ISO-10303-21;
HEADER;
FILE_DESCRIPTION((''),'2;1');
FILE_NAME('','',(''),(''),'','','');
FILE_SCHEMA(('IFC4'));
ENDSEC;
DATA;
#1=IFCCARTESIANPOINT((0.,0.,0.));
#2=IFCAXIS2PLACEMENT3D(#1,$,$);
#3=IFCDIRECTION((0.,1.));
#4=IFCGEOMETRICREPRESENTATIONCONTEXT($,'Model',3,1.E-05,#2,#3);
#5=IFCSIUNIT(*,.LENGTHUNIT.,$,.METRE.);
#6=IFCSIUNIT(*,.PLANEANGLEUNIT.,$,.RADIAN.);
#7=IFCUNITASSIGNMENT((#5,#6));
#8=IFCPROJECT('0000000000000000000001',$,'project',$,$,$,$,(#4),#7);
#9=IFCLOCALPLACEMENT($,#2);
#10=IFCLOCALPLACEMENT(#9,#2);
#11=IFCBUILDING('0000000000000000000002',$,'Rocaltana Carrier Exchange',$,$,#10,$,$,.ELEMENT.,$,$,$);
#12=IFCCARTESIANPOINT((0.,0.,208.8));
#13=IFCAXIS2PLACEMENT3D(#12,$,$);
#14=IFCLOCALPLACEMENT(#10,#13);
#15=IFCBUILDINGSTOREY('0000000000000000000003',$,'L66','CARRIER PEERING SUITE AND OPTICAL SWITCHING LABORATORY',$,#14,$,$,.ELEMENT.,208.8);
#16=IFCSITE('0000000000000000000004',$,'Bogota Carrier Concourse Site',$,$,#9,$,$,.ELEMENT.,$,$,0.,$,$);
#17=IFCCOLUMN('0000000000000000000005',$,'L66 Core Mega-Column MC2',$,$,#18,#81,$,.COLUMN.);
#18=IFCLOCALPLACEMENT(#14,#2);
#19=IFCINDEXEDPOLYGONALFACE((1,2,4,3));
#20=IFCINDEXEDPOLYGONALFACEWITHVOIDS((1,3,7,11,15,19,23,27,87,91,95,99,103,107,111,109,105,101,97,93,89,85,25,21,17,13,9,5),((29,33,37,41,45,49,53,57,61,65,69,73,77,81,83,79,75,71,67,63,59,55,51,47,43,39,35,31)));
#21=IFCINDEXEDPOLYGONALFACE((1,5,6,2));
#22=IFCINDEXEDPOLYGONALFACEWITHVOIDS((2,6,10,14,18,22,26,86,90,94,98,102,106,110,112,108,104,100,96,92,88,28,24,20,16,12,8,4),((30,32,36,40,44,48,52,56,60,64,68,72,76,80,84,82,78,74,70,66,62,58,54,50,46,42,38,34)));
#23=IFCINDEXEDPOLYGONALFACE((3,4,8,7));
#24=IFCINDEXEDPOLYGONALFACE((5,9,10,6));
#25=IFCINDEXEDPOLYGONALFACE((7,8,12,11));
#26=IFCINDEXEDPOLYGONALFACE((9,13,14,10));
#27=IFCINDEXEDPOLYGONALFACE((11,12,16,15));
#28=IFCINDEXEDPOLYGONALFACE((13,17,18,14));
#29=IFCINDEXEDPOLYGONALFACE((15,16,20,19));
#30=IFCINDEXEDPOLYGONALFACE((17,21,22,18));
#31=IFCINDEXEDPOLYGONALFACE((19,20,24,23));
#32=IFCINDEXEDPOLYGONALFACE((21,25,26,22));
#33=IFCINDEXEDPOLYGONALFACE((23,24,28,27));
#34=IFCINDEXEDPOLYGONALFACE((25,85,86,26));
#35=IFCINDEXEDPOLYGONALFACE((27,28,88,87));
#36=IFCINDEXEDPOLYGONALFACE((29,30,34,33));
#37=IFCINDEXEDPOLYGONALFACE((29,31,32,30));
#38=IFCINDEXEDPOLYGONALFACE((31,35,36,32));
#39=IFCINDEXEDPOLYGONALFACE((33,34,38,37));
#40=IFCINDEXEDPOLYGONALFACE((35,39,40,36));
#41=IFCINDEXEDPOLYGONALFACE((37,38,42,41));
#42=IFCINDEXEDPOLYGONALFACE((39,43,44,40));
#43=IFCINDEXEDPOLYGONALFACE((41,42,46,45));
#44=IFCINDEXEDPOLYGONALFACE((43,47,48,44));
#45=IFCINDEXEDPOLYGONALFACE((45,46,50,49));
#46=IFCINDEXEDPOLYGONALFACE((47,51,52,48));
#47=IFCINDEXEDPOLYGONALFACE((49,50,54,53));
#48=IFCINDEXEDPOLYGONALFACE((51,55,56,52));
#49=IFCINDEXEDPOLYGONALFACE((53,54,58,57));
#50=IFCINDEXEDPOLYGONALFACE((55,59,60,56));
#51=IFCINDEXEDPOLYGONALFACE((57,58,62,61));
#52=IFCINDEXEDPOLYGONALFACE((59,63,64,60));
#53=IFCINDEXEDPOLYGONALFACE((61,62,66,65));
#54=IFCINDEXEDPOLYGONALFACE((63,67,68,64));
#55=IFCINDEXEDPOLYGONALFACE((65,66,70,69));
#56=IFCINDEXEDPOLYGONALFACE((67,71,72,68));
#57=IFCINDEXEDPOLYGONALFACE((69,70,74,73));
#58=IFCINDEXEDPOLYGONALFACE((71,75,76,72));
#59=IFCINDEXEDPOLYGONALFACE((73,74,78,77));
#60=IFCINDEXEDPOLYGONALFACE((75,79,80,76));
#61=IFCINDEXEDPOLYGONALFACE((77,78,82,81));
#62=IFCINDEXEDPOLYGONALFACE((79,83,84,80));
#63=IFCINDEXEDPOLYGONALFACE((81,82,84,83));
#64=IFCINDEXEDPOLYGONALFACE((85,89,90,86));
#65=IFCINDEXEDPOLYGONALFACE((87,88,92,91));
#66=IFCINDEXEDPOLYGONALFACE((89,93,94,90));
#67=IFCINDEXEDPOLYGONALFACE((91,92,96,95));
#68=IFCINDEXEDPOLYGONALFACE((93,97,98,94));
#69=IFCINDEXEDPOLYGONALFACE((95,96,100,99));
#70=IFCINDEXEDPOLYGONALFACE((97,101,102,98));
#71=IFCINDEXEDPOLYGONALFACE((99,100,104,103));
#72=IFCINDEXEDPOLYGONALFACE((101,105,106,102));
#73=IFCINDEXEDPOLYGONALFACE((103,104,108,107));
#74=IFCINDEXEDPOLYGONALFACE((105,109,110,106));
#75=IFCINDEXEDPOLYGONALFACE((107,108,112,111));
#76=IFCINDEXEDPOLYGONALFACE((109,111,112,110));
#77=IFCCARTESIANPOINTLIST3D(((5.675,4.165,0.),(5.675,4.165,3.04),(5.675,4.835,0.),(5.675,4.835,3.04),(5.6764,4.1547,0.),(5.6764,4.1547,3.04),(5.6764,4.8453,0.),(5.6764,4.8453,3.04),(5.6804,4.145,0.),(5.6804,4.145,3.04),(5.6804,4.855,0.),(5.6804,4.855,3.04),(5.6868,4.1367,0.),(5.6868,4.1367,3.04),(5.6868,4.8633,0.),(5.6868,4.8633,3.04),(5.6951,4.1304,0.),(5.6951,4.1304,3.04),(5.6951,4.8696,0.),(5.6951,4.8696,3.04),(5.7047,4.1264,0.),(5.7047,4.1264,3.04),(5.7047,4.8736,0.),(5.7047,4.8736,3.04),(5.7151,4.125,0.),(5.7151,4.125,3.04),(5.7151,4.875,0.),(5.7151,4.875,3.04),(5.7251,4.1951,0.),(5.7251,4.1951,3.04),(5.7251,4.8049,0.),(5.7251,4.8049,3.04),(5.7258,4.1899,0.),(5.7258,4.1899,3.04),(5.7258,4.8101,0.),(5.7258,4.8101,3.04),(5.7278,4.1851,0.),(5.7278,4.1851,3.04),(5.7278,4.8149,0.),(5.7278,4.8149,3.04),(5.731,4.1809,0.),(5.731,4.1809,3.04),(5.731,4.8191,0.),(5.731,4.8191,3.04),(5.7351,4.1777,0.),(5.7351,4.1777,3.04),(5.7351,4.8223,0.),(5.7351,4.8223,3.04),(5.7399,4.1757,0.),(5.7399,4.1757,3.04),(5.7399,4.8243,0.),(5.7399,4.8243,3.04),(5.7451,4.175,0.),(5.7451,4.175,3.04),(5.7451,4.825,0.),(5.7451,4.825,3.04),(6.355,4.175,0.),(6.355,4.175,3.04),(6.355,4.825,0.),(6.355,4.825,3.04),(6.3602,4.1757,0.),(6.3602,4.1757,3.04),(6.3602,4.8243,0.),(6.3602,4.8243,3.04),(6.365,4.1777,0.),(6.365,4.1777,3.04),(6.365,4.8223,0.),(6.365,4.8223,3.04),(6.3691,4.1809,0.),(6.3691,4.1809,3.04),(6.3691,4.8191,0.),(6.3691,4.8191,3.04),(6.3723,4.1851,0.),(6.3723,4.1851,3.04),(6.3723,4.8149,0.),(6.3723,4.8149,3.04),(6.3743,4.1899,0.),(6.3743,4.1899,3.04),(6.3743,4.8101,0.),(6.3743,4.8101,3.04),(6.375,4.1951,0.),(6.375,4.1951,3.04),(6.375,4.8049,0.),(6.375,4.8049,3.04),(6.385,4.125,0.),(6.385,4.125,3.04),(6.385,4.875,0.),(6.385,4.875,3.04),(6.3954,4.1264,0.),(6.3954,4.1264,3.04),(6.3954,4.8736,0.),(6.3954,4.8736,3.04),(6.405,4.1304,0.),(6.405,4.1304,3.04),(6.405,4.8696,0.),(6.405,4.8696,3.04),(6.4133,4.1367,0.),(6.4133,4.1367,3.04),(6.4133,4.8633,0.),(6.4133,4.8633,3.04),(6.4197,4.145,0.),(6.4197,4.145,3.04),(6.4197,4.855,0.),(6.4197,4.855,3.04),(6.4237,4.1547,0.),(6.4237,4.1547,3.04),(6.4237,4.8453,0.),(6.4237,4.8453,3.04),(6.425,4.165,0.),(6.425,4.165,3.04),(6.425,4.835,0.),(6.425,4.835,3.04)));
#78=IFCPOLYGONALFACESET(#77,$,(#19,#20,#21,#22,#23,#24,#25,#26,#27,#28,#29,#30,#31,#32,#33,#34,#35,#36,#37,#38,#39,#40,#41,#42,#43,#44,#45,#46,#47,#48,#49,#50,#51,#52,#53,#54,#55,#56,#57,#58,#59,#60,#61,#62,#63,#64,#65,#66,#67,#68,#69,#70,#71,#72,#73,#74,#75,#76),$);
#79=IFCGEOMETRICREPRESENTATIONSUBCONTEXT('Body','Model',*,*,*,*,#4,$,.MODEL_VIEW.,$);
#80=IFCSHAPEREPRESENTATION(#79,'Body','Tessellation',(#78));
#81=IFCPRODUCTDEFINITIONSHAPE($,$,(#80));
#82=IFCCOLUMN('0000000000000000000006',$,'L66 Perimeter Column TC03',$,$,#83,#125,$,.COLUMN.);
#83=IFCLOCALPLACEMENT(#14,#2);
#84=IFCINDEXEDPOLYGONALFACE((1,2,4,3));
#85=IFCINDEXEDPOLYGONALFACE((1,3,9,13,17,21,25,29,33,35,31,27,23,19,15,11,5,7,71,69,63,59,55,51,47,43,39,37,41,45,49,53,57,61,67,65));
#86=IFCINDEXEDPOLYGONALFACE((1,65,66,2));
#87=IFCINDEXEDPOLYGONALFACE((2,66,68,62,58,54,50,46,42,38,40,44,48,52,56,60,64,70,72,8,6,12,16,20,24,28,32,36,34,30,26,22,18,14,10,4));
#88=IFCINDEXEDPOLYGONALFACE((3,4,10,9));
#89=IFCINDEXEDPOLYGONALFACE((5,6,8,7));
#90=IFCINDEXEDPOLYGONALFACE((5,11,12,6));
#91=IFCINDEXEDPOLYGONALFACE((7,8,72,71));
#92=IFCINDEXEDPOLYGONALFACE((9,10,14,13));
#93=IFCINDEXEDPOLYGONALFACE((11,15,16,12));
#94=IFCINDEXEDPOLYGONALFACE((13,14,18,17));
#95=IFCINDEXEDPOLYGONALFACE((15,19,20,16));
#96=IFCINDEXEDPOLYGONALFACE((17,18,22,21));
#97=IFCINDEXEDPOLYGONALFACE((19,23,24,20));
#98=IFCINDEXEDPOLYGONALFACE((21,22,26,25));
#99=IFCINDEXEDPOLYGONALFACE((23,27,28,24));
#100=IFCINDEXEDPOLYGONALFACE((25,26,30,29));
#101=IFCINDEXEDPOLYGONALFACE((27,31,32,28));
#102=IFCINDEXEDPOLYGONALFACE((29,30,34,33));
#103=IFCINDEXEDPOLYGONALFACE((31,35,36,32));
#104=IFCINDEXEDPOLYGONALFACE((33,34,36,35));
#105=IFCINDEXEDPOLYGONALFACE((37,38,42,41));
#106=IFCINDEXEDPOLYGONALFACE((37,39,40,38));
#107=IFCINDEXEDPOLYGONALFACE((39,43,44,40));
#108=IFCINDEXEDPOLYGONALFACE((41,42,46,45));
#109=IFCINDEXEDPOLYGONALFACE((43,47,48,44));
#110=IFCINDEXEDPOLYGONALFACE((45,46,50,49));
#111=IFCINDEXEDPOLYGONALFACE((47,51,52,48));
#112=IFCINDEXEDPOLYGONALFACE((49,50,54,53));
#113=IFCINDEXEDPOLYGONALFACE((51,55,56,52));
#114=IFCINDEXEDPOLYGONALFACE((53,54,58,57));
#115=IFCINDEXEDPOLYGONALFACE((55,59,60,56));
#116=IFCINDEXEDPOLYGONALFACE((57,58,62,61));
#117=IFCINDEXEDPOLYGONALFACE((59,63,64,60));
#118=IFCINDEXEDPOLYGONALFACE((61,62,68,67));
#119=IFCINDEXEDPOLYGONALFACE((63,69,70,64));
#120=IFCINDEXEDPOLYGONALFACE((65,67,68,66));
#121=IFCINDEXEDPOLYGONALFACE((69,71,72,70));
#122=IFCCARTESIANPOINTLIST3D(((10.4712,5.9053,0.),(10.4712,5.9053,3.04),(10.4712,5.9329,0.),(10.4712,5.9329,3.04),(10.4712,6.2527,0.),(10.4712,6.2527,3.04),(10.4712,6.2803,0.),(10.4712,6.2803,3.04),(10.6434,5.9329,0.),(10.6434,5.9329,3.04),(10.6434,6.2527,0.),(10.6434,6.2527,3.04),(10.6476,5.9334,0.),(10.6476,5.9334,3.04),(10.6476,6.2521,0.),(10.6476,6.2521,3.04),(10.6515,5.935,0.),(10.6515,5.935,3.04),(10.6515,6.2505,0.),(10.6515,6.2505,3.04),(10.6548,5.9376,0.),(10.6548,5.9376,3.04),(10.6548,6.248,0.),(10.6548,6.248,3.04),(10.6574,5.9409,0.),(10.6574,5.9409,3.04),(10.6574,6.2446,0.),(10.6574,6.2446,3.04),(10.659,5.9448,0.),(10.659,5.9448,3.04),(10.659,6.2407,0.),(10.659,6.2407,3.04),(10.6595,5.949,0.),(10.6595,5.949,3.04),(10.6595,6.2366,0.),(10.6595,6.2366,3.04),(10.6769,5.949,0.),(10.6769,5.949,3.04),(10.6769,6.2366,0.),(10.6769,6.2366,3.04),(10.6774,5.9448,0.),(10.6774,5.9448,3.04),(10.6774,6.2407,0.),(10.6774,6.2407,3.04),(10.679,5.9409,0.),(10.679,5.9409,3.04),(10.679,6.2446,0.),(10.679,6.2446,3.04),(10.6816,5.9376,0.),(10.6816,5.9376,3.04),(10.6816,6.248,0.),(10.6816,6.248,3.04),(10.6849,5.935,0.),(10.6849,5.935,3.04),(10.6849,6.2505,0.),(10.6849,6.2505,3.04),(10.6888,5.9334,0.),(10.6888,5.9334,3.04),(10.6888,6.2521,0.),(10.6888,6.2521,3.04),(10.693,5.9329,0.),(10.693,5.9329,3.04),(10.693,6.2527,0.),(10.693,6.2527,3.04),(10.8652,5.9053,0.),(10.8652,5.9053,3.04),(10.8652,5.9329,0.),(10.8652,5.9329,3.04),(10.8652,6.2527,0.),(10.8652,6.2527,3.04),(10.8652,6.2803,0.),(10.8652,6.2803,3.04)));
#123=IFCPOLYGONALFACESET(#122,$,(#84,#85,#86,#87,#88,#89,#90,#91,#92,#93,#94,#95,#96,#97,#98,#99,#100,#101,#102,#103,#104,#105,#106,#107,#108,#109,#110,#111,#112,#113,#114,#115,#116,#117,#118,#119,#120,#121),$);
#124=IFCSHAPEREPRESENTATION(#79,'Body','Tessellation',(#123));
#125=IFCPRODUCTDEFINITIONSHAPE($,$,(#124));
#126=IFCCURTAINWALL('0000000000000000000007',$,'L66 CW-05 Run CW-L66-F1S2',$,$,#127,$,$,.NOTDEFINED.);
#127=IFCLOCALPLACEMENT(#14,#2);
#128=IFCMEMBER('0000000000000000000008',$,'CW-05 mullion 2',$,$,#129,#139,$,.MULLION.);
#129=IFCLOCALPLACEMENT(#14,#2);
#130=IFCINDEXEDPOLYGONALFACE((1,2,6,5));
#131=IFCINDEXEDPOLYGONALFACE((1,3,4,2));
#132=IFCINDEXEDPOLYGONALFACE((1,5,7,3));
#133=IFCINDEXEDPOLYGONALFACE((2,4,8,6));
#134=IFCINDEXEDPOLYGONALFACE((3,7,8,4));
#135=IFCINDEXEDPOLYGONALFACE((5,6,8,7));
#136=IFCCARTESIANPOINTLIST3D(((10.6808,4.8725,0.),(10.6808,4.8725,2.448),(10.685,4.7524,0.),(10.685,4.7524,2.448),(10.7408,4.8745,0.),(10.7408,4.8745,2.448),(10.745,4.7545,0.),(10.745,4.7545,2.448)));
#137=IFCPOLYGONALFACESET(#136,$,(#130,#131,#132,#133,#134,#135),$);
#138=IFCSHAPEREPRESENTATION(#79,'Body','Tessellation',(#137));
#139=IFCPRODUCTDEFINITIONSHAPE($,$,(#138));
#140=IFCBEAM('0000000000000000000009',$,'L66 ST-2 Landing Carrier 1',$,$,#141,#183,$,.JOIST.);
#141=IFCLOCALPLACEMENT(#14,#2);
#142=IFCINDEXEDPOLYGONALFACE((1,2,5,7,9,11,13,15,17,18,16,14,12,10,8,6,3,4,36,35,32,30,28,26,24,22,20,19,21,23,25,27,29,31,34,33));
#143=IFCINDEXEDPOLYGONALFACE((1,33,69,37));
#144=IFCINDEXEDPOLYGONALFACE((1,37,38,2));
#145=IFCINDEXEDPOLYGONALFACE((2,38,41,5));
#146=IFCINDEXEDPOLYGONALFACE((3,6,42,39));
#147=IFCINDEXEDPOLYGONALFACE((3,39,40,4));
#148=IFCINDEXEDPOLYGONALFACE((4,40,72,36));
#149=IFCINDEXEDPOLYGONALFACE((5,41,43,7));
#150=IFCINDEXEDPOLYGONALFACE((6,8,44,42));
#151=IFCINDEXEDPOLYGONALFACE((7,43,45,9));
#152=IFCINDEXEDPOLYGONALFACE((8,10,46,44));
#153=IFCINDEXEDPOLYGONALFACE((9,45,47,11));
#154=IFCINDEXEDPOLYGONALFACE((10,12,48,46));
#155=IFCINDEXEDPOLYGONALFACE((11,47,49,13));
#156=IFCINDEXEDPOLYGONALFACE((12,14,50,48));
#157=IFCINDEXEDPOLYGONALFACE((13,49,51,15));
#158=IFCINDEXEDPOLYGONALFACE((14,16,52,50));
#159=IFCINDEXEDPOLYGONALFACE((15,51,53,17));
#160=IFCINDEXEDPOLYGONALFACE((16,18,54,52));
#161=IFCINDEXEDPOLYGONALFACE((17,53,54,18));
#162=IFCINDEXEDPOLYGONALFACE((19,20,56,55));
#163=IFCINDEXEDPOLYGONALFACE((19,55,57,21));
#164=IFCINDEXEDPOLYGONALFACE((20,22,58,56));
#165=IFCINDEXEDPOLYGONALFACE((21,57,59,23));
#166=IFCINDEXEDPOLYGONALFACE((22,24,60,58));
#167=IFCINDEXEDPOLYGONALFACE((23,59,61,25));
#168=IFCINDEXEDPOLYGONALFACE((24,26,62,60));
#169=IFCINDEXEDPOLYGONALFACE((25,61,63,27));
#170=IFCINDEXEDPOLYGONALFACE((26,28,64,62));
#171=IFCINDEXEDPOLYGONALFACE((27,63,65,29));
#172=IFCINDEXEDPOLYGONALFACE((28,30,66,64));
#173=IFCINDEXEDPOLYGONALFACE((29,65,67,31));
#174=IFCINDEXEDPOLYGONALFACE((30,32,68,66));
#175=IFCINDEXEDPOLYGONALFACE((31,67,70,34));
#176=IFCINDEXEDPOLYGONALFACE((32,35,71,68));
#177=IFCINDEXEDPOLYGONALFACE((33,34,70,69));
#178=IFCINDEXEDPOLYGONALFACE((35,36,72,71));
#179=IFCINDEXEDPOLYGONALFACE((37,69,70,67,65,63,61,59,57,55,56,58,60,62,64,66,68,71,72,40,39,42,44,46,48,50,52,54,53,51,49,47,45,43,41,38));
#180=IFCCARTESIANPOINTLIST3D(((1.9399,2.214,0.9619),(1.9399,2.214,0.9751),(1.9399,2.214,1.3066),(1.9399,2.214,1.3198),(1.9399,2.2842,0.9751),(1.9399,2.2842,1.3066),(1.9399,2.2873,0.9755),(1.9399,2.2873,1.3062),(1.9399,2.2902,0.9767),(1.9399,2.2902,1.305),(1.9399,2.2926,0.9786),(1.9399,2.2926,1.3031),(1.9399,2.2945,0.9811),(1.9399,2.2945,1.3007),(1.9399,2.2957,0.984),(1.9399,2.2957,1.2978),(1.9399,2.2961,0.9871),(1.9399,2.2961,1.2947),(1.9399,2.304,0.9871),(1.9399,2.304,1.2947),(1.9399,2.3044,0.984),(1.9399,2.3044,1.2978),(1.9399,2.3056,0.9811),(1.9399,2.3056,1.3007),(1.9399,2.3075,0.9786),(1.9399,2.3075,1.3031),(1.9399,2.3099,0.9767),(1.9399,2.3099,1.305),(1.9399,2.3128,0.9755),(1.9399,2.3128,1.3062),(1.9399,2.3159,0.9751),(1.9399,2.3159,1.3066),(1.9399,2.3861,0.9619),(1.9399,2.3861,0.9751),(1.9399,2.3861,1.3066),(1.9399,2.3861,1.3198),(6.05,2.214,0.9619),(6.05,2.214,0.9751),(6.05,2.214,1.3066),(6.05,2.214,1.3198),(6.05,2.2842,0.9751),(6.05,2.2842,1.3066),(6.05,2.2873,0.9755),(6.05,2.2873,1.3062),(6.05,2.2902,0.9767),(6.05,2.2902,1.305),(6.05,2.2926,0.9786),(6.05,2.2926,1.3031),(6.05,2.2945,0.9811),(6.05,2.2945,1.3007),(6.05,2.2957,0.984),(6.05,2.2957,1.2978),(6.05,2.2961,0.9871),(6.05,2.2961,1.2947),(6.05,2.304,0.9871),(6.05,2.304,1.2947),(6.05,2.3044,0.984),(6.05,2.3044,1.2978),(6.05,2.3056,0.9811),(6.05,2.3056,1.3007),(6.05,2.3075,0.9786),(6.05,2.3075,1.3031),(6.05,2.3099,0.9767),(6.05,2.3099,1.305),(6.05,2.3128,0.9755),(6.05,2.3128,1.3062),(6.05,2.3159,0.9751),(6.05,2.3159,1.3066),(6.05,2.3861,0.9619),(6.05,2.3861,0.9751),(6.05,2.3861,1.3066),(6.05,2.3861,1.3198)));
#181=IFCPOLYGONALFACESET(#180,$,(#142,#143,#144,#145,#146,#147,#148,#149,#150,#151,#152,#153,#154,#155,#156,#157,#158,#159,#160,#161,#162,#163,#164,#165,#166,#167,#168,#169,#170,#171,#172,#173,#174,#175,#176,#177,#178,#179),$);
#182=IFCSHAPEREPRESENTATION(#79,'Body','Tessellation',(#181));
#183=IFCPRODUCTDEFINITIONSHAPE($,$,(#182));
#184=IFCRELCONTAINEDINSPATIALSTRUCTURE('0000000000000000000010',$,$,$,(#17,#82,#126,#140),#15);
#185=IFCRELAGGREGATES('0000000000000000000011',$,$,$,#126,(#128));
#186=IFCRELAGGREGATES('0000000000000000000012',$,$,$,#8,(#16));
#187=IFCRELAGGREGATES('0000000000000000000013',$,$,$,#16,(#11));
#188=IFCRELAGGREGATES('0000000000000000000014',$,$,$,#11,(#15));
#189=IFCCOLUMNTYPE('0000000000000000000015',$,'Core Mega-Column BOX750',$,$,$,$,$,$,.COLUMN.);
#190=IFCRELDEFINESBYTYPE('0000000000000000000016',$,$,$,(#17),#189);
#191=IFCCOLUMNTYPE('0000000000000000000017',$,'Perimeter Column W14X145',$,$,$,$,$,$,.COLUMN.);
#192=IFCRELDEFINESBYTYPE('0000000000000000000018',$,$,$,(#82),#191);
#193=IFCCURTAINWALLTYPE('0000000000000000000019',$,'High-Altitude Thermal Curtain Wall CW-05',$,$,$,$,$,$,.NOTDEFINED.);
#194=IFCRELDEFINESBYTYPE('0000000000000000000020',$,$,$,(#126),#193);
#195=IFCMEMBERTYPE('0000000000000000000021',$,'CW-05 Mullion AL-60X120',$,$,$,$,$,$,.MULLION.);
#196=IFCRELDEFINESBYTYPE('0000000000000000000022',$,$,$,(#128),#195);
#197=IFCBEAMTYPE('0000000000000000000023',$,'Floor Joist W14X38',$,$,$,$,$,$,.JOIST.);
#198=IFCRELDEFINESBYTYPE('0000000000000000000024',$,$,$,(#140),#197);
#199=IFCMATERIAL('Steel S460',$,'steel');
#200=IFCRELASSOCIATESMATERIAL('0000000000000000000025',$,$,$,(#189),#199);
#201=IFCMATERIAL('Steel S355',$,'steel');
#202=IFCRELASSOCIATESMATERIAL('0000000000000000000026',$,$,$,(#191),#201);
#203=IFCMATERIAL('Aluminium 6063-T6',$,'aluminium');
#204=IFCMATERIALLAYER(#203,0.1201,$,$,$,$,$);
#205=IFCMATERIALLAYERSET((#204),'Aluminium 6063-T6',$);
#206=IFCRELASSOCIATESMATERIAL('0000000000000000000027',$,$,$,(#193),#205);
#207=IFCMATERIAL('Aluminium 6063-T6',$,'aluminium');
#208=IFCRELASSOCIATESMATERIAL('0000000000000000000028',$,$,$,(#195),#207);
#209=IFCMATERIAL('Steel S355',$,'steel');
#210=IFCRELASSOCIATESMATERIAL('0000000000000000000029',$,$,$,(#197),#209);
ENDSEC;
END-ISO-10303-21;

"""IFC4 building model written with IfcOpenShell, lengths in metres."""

from ifc_helpers import new_model, si_unit, direction, frame, origin, origin_2d, place, context, subcontext, project, spatial, rectangle, hollow_rectangle, i_section, extrude, material, layer, layer_set, material_profile, profile_set, type_object, element, aggregate, save


model = new_model("IFC4")

# Units and contexts
model_context = context("Model", 3, precision=1e-05, world=origin(), true_north=direction((0.0, 1.0)))
body_context = subcontext(model_context, "Body", "Model", "MODEL_VIEW")
ifc_project = project(units=[si_unit("LENGTHUNIT", "METRE"), si_unit("PLANEANGLEUNIT", "RADIAN")], contexts=[model_context])

# Site, building, storey
site_placement = place(None, origin())
site = spatial("IfcSite", under=ifc_project, at=site_placement, Name="Bogota Carrier Concourse Site", CompositionType="ELEMENT", RefElevation=0.0)
building_placement = place(site_placement, origin())
building = spatial("IfcBuilding", under=site, at=building_placement, Name="Rocaltana Carrier Exchange", CompositionType="ELEMENT")
storey_placement = place(building_placement, frame((0.0, 0.0, 208.8)))
storey = spatial("IfcBuildingStorey", under=building, at=storey_placement, Name="L66", Description="CARRIER PEERING SUITE AND OPTICAL SWITCHING LABORATORY", CompositionType="ELEMENT", Elevation=208.8)

# Columns
ifc_material_1 = material(Name="Steel S460", Category="steel")
ifc_material_profile_1 = material_profile(ifc_material_1, hollow_rectangle(XDim=0.75, YDim=0.75, WallThickness=0.05, InnerFilletRadius=0.02, OuterFilletRadius=0.04, at=origin_2d()), Name="BOX750X750X50")
ifc_profile_set_1 = profile_set([ifc_material_profile_1], Name="Steel S460")
column_type_1 = type_object("IfcColumnType", Name="Core Mega-Column BOX750", PredefinedType="COLUMN", material=ifc_profile_set_1)
column_1_placement = place(storey_placement, frame((6.05, 4.5, 0.0), z_axis=(0.0, 0.0, 1.0), x_axis=(1.0, 0.0, 0.0)))
element("IfcColumn", 1, at=column_1_placement, inside=storey, type_object=column_type_1, Name="L66 Core Mega-Column MC2", PredefinedType="COLUMN", context=body_context, shape_type="SweptSolid", body=[
    extrude(hollow_rectangle(XDim=0.75, YDim=0.75, WallThickness=0.05, InnerFilletRadius=0.02, OuterFilletRadius=0.04, at=origin_2d()), origin(), (0.0, 0.0, 1.0), 3.04),
])
ifc_material_2 = material(Name="Steel S355", Category="steel")
ifc_material_profile_2 = material_profile(ifc_material_2, i_section(OverallWidth=0.394, OverallDepth=0.375, WebThickness=0.0173, FlangeThickness=0.0276, FilletRadius=0.0161, at=origin_2d()), Name="W14X145")
ifc_profile_set_2 = profile_set([ifc_material_profile_2], Name="Steel S355")
column_type_2 = type_object("IfcColumnType", Name="Perimeter Column W14X145", PredefinedType="COLUMN", material=ifc_profile_set_2)
column_2_placement = place(storey_placement, frame((10.6682, 6.0928, 0.0), z_axis=(0.0, 0.0, 1.0), x_axis=(1.0, 0.0, 0.0)))
element("IfcColumn", 2, at=column_2_placement, inside=storey, type_object=column_type_2, Name="L66 Perimeter Column TC03", PredefinedType="COLUMN", context=body_context, shape_type="SweptSolid", body=[
    extrude(i_section(OverallWidth=0.394, OverallDepth=0.375, WebThickness=0.0173, FlangeThickness=0.0276, FilletRadius=0.0161, at=origin_2d()), origin(), (0.0, 0.0, 1.0), 3.04),
])

# Curtain wall, member
ifc_material_3 = material(Name="Aluminium 6063-T6", Category="aluminium")
ifc_layer_1 = layer(ifc_material_3, 0.1201)
ifc_layer_set_1 = layer_set([ifc_layer_1], Name="Aluminium 6063-T6")
curtain_wall_type = type_object("IfcCurtainWallType", Name="High-Altitude Thermal Curtain Wall CW-05", PredefinedType="NOTDEFINED", material=ifc_layer_set_1)
curtain_wall_placement = place(storey_placement, origin())
curtain_wall = element("IfcCurtainWall", 3, at=curtain_wall_placement, inside=storey, type_object=curtain_wall_type, Name="L66 CW-05 Run CW-L66-F1S2", PredefinedType="NOTDEFINED")
ifc_material_4 = material(Name="Aluminium 6063-T6", Category="aluminium")
ifc_material_profile_3 = material_profile(ifc_material_4, rectangle(XDim=0.0601, YDim=0.1201, at=origin_2d()), Name="AL-60X120")
ifc_profile_set_3 = profile_set([ifc_material_profile_3], Name="Aluminium 6063-T6")
member_type = type_object("IfcMemberType", Name="CW-05 Mullion AL-60X120", PredefinedType="MULLION", material=ifc_profile_set_3)
member_placement = place(storey_placement, frame((10.7129, 4.8135, 0.0), z_axis=(0.0, 0.0, 1.0), x_axis=(-0.999391, -0.034903, 0.0)))
member = element("IfcMember", 4, at=member_placement, type_object=member_type, Name="CW-05 mullion 2", PredefinedType="MULLION", context=body_context, shape_type="SweptSolid", body=[
    extrude(rectangle(XDim=0.0601, YDim=0.1201, at=origin_2d()), origin(), (0.0, 0.0, 1.0), 2.448),
])

# Beam
ifc_material_5 = material(Name="Steel S355", Category="steel")
ifc_material_profile_4 = material_profile(ifc_material_5, i_section(OverallWidth=0.1721, OverallDepth=0.3579, WebThickness=0.0078, FlangeThickness=0.0132, FilletRadius=0.012, at=origin_2d()), Name="W14X38")
ifc_profile_set_4 = profile_set([ifc_material_profile_4], Name="Steel S355")
beam_type_1 = type_object("IfcBeamType", Name="Floor Joist W14X38", PredefinedType="JOIST", material=ifc_profile_set_4)
for number, where, z_axis, x_axis, name in (
    (5, (1.9399, 2.3, 1.1409), (1.0, 0.0, 0.0), (0.0, 1.0, 0.0), "L66 ST-2 Landing Carrier 1"),
):
    element("IfcBeam", number, at=place(storey_placement, frame(where, z_axis=z_axis, x_axis=x_axis)), inside=storey, type_object=beam_type_1, Name=name, PredefinedType="JOIST", context=body_context, shape_type="SweptSolid", body=[
        extrude(i_section(OverallWidth=0.1721, OverallDepth=0.3579, WebThickness=0.0078, FlangeThickness=0.0132, FilletRadius=0.012, at=origin_2d()), origin(), (0.0, 0.0, 1.0), 4.1101),
    ])

aggregate(curtain_wall, [member])

save(model, "model.ifc")
